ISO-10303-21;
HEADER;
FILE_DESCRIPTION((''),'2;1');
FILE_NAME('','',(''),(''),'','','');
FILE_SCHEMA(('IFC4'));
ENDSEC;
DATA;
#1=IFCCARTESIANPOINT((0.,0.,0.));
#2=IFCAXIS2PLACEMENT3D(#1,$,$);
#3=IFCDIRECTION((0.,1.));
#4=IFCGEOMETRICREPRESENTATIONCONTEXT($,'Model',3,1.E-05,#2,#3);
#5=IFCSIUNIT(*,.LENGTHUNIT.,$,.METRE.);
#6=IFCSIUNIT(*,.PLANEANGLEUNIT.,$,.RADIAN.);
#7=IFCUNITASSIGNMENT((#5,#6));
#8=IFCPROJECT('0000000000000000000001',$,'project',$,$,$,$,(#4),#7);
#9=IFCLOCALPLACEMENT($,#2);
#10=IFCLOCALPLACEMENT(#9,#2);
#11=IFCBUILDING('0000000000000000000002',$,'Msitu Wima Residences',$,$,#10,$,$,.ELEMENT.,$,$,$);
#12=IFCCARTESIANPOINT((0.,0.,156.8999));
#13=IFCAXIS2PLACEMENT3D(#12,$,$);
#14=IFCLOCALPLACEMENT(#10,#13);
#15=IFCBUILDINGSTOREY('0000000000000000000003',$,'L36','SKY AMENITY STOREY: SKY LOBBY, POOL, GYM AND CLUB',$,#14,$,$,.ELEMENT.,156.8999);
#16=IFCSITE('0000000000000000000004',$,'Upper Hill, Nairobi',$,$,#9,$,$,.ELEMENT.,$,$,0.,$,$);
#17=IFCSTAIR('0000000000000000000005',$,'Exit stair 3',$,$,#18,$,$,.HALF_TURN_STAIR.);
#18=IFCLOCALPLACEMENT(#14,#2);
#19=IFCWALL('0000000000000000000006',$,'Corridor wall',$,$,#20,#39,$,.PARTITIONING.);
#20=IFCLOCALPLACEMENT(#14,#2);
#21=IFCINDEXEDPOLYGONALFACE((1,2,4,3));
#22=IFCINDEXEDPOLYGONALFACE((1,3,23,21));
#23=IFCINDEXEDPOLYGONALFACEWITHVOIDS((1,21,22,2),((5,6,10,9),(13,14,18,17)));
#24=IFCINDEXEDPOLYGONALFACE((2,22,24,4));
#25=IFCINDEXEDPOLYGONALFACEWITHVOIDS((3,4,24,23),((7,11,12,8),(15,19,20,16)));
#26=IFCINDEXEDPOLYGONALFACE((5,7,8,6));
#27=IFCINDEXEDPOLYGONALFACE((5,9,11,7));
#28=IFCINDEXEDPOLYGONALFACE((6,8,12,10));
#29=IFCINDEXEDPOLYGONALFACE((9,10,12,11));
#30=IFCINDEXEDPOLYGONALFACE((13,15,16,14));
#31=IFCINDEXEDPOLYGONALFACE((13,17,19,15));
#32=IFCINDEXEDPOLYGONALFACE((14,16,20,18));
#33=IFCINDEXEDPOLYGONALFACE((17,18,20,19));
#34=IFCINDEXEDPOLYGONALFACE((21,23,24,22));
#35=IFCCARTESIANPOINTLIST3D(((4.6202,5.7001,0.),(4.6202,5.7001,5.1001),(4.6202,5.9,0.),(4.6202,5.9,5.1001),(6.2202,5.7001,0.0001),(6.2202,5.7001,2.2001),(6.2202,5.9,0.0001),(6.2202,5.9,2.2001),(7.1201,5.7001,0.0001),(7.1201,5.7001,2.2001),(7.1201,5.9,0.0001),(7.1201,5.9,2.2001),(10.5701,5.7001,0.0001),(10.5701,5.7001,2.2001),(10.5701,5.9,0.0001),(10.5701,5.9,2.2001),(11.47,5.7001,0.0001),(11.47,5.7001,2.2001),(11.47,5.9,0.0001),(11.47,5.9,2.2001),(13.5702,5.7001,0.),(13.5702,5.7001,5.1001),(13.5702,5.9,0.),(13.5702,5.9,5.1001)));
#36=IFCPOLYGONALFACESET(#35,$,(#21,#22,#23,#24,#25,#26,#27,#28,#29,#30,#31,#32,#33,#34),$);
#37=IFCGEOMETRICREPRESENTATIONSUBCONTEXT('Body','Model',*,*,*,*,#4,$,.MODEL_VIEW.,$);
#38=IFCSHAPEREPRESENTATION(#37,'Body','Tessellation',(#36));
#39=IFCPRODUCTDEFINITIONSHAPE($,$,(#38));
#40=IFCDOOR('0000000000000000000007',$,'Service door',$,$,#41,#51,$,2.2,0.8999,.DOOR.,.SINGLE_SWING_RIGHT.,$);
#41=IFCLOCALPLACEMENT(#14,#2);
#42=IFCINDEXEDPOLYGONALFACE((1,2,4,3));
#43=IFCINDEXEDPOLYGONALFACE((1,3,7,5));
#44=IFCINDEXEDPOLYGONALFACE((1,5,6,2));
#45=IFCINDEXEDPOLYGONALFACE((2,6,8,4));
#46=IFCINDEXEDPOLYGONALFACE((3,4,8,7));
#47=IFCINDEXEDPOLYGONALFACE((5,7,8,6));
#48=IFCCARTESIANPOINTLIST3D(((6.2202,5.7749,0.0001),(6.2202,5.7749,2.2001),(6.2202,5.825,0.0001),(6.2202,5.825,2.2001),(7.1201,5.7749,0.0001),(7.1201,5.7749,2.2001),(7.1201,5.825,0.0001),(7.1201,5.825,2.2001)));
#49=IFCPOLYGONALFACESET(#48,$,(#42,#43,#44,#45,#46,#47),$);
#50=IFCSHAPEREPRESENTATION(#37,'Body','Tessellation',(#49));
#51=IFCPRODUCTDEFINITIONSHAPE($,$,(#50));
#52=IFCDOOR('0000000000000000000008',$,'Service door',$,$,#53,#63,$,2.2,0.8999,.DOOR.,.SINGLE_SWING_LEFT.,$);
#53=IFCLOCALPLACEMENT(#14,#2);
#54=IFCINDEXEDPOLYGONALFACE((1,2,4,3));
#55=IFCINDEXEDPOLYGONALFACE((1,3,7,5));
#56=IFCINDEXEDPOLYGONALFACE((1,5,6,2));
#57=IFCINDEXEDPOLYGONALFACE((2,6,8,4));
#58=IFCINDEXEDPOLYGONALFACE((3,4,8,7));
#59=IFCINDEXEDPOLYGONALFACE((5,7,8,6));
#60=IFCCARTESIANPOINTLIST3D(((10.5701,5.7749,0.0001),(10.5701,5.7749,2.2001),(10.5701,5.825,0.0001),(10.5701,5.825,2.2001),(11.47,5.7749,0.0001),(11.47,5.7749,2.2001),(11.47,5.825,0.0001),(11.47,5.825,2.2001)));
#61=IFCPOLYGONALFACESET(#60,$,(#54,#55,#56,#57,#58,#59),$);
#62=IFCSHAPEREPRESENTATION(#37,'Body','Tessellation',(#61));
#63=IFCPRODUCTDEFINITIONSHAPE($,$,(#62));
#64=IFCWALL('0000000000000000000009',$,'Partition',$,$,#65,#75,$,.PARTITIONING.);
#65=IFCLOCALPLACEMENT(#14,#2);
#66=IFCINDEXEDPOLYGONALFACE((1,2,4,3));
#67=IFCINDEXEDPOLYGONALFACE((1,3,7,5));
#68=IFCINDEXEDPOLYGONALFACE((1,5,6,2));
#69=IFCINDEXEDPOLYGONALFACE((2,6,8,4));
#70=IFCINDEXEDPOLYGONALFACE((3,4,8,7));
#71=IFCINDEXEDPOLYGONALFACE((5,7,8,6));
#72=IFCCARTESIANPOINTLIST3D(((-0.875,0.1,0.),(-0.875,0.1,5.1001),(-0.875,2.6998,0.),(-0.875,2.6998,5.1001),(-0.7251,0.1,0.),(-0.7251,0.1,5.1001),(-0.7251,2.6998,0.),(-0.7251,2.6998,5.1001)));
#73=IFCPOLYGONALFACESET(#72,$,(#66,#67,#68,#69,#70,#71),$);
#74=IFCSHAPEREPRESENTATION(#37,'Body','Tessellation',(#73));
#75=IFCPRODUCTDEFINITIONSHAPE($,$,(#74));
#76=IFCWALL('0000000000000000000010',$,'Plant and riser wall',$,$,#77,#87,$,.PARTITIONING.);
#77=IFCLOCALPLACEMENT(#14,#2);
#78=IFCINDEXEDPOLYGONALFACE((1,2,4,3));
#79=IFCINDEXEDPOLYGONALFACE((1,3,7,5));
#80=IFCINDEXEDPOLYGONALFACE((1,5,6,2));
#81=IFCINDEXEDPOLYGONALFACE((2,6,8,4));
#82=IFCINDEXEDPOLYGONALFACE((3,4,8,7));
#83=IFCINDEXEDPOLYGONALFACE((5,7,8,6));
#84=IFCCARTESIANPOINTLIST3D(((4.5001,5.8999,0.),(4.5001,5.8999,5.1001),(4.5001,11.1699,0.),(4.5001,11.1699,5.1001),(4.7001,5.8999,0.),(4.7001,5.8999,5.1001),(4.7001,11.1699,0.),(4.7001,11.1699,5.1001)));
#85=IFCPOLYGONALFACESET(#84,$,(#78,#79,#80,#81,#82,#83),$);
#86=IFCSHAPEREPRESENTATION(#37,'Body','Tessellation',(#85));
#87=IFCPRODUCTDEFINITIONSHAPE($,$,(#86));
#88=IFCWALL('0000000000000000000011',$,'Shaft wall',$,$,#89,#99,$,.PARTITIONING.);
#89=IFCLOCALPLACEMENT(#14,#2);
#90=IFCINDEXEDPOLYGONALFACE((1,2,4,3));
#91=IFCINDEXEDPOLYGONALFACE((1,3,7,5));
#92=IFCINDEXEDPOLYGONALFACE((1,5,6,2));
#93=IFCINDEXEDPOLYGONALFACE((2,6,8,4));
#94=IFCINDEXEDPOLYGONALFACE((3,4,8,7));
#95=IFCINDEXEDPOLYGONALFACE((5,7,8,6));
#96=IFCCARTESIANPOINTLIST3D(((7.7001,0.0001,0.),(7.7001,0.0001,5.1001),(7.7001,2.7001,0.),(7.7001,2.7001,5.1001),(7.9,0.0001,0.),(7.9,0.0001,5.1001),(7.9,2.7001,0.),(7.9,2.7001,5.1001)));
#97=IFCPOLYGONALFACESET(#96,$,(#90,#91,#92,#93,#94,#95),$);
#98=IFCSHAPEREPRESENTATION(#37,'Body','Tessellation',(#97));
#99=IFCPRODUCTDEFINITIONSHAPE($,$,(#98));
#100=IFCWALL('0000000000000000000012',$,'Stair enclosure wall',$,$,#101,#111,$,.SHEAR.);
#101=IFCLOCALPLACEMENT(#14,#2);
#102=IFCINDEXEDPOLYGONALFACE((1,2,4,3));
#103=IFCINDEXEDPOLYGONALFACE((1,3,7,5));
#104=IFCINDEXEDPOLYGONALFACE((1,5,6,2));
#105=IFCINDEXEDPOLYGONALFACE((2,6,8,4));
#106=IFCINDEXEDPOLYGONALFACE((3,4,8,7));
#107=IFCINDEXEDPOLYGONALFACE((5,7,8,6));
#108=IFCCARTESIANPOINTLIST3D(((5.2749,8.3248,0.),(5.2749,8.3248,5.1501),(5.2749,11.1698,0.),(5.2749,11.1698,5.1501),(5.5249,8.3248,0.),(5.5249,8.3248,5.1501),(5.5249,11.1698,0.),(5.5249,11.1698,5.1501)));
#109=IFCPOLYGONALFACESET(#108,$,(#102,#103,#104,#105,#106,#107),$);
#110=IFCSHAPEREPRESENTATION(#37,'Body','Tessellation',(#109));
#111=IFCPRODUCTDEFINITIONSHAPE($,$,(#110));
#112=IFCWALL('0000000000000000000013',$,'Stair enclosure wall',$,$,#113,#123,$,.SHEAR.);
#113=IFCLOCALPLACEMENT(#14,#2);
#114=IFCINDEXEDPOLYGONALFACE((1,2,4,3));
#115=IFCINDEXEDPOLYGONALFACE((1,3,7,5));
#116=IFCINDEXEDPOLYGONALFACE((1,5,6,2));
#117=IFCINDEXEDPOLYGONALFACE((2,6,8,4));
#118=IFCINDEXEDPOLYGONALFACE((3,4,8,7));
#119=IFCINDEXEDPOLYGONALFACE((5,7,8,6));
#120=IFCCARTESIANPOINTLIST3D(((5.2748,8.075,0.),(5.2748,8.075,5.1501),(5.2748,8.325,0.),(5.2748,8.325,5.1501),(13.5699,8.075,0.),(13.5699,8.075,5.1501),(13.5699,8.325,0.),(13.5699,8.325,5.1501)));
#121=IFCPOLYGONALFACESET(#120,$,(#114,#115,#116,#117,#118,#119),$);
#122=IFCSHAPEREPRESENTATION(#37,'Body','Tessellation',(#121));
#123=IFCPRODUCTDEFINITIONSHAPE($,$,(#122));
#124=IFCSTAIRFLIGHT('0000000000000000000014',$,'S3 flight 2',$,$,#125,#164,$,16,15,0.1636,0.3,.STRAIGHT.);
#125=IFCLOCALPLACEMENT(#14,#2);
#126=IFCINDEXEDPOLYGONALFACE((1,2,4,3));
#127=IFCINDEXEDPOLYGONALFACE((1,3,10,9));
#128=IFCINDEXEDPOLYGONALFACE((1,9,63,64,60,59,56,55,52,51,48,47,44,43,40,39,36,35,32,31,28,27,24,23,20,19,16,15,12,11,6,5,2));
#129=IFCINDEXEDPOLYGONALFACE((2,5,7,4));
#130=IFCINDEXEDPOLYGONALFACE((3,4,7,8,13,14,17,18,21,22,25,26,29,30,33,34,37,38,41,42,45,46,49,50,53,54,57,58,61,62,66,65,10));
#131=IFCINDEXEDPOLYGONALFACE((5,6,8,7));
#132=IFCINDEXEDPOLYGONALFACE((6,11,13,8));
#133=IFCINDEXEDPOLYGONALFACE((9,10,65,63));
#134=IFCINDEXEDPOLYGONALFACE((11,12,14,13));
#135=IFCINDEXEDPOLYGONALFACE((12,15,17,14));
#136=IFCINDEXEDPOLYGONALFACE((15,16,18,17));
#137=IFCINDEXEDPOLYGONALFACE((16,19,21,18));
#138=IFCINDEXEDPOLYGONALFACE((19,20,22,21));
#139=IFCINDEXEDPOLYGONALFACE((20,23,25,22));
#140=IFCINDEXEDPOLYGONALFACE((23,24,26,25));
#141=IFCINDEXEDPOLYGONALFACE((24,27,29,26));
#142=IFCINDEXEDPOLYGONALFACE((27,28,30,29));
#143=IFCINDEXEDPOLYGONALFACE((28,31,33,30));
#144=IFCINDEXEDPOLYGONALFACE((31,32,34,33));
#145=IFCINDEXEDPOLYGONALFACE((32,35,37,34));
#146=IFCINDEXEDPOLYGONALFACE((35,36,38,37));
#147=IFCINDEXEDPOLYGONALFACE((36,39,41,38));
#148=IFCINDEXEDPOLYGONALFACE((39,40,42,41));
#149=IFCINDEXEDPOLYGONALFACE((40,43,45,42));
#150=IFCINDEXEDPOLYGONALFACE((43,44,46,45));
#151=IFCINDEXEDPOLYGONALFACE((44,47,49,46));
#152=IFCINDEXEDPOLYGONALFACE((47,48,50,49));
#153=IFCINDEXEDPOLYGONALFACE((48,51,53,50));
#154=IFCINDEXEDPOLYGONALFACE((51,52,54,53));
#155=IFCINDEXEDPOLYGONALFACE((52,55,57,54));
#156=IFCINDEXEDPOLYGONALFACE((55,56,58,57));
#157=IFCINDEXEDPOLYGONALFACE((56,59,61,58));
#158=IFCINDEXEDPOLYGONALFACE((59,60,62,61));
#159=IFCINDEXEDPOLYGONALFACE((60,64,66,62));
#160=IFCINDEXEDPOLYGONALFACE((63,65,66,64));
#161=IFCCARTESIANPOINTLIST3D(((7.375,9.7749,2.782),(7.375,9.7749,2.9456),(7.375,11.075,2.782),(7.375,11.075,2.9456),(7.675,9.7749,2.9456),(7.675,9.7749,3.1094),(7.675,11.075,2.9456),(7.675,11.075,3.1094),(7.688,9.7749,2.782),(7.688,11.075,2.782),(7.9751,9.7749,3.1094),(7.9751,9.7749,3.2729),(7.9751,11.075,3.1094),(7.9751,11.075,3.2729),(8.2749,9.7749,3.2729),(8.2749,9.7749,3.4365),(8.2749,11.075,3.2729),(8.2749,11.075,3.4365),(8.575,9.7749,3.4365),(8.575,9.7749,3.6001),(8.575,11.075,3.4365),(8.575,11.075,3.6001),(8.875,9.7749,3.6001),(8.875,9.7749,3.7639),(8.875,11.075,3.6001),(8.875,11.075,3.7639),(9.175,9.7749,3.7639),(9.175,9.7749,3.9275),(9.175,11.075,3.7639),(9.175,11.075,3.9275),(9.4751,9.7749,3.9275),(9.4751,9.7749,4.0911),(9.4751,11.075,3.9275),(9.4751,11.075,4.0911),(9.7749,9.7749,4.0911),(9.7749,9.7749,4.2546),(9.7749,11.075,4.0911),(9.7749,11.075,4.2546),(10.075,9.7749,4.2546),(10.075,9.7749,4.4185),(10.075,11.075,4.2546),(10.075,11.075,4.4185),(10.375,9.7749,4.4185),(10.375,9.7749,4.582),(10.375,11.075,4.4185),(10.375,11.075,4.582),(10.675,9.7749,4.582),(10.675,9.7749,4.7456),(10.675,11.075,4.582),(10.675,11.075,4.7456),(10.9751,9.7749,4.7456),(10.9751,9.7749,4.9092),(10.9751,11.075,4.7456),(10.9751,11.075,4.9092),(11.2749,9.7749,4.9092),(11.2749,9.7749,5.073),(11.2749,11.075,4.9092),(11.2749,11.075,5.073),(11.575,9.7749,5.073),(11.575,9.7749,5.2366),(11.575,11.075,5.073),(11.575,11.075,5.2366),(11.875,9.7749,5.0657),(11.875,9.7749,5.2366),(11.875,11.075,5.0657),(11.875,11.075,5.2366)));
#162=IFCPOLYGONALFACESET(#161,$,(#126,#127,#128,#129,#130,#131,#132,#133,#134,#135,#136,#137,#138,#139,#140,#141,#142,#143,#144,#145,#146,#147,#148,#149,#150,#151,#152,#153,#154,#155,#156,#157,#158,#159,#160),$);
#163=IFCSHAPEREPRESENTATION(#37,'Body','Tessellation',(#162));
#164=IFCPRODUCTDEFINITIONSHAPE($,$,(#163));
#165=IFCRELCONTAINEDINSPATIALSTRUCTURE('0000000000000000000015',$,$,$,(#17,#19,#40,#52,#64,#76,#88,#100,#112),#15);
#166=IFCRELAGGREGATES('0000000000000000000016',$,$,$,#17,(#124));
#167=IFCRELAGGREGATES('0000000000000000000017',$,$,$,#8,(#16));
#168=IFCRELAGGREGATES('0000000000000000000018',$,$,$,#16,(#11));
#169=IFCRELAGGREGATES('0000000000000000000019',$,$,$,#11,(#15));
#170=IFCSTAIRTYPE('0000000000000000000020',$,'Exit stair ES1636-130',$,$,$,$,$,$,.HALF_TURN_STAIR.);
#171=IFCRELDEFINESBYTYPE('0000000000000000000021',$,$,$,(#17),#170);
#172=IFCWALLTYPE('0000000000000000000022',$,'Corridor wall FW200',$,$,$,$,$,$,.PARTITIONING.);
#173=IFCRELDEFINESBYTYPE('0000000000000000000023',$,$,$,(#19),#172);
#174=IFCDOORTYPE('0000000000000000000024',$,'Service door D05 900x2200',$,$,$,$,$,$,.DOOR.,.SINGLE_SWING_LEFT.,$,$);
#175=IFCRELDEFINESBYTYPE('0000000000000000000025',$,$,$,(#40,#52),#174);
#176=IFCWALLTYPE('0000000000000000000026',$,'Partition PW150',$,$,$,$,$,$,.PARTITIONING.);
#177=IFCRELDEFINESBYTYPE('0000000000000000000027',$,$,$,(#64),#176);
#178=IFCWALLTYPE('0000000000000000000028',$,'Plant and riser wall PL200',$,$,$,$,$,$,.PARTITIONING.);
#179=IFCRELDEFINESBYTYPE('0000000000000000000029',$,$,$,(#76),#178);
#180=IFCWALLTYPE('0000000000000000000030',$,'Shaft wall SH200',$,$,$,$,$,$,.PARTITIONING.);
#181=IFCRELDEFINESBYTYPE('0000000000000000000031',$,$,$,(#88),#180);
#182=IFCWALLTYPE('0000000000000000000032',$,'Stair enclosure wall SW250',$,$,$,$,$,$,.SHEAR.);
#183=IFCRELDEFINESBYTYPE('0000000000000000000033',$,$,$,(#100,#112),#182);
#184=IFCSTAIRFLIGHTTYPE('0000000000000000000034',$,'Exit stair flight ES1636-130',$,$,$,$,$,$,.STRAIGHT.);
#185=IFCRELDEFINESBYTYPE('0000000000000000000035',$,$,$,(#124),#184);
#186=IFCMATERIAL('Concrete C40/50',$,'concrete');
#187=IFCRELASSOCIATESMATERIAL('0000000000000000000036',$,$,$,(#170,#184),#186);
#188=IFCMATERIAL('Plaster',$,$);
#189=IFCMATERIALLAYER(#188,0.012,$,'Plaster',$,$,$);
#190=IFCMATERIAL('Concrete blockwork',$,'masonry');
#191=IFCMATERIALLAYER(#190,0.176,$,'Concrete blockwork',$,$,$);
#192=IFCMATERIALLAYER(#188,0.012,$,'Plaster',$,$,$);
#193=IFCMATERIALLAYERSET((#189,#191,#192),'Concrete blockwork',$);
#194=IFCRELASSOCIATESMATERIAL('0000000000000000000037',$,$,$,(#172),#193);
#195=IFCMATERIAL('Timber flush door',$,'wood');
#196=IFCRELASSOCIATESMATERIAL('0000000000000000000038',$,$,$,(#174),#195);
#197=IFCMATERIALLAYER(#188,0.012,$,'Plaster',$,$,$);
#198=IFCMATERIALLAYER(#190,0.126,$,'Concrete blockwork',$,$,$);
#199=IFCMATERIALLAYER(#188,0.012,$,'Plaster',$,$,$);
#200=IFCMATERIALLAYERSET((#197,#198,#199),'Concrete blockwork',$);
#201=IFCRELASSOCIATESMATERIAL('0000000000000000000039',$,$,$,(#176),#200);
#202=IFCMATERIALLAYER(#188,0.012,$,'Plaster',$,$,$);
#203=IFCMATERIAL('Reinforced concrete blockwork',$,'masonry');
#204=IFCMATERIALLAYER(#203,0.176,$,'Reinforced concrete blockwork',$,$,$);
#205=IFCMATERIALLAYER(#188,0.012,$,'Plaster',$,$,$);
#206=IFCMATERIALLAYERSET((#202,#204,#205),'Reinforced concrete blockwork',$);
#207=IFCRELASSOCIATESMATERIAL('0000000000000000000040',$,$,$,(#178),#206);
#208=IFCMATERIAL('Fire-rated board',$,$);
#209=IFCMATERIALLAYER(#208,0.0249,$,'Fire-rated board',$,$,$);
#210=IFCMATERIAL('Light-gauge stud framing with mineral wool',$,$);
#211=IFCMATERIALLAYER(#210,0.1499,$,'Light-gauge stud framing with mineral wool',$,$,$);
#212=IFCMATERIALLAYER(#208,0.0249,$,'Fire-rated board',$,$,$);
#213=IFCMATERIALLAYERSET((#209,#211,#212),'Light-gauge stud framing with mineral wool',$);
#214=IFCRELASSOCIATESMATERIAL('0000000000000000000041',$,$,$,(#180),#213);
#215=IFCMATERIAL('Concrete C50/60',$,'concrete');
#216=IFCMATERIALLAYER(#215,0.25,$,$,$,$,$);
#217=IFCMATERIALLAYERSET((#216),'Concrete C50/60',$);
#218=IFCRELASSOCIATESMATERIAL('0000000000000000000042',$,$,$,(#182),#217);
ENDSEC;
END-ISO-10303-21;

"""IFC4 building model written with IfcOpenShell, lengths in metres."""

from ifc_helpers import new_model, si_unit, direction, frame, frame_2d, origin, place, context, subcontext, project, spatial, polyline, rectangle, outline, extrude, material, layer, layer_set, type_object, element, fill, aggregate, save


model = new_model("IFC4")

# Units and contexts
model_context = context("Model", 3, precision=1e-05, world=origin(), true_north=direction((0.0, 1.0)))
body_context = subcontext(model_context, "Body", "Model", "MODEL_VIEW")
ifc_project = project(units=[si_unit("LENGTHUNIT", "METRE"), si_unit("PLANEANGLEUNIT", "RADIAN")], contexts=[model_context])

# Site, building, storey
site_placement = place(None, origin())
site = spatial("IfcSite", under=ifc_project, at=site_placement, Name="Upper Hill, Nairobi", CompositionType="ELEMENT", RefElevation=0.0)
building_placement = place(site_placement, origin())
building = spatial("IfcBuilding", under=site, at=building_placement, Name="Msitu Wima Residences", CompositionType="ELEMENT")
storey_placement = place(building_placement, frame((0.0, 0.0, 156.8999)))
storey = spatial("IfcBuildingStorey", under=building, at=storey_placement, Name="L36", Description="SKY AMENITY STOREY: SKY LOBBY, POOL, GYM AND CLUB", CompositionType="ELEMENT", Elevation=156.8999)

# Shared definitions
ifc_material_1 = material(Name="Concrete C40/50", Category="concrete")

# Stair
stair_type = type_object("IfcStairType", Name="Exit stair ES1636-130", PredefinedType="HALF_TURN_STAIR", material=ifc_material_1)
stair_1_placement = place(storey_placement, origin())
stair_1 = element("IfcStair", 1, at=stair_1_placement, inside=storey, type_object=stair_type, Name="Exit stair 3", PredefinedType="HALF_TURN_STAIR")

# Wall, openings, doors
ifc_material_2 = material(Name="Plaster")
ifc_layer_1 = layer(ifc_material_2, 0.012, Name="Plaster")
ifc_material_3 = material(Name="Concrete blockwork", Category="masonry")
ifc_layer_2 = layer(ifc_material_3, 0.176, Name="Concrete blockwork")
ifc_layer_3 = layer(ifc_material_2, 0.012, Name="Plaster")
ifc_layer_set_1 = layer_set([ifc_layer_1, ifc_layer_2, ifc_layer_3], Name="Concrete blockwork")
wall_type_1 = type_object("IfcWallType", Name="Corridor wall FW200", PredefinedType="PARTITIONING", material=ifc_layer_set_1)
wall_1_placement = place(storey_placement, frame((4.6201, 5.8, 0.0), z_axis=(0.0, 0.0, 1.0), x_axis=(1.0, 0.0, 0.0)))
wall_1 = element("IfcWall", 2, at=wall_1_placement, inside=storey, type_object=wall_type_1, Name="Corridor wall", PredefinedType="PARTITIONING", context=body_context, shape_type="SweptSolid", body=[
    extrude(rectangle(XDim=8.95, YDim=0.2, at=frame_2d((4.4751, 0.0))), origin(), (0.0, 0.0, 1.0), 5.1001),
])
opening_1_placement = place(wall_1_placement, frame((1.6001, 0.0, 0.0)))
opening_1 = element("IfcOpeningElement", 3, at=opening_1_placement, cuts=wall_1, PredefinedType="OPENING", context=body_context, shape_type="SweptSolid", body=[
    extrude(rectangle(XDim=0.8999, YDim=2.2, at=frame_2d((0.45, 1.1001))), frame((0.0, 0.1099, 0.0), z_axis=(0.0, -1.0, 0.0), x_axis=(1.0, 0.0, 0.0)), (0.0, 0.0, 1.0), 0.22),
])
opening_2_placement = place(wall_1_placement, frame((5.95, 0.0, 0.0)))
opening_2 = element("IfcOpeningElement", 4, at=opening_2_placement, cuts=wall_1, PredefinedType="OPENING", context=body_context, shape_type="SweptSolid", body=[
    extrude(rectangle(XDim=0.8999, YDim=2.2, at=frame_2d((0.45, 1.1001))), frame((0.0, 0.1099, 0.0), z_axis=(0.0, -1.0, 0.0), x_axis=(1.0, 0.0, 0.0)), (0.0, 0.0, 1.0), 0.22),
])
ifc_material_4 = material(Name="Timber flush door", Category="wood")
door_type = type_object("IfcDoorType", Name="Service door D05 900x2200", OperationType="SINGLE_SWING_LEFT", PredefinedType="DOOR", material=ifc_material_4)
door_1_placement = place(opening_1_placement, origin())
door_1 = element("IfcDoor", 5, at=door_1_placement, inside=storey, type_object=door_type, Name="Service door", OperationType="SINGLE_SWING_RIGHT", OverallHeight=2.2, OverallWidth=0.8999, PredefinedType="DOOR", context=body_context, shape_type="SweptSolid", body=[
    extrude(rectangle(XDim=0.8999, YDim=2.2, at=frame_2d((0.45, 1.1001))), frame((0.0, 0.0249, 0.0), z_axis=(0.0, -1.0, 0.0), x_axis=(1.0, 0.0, 0.0)), (0.0, 0.0, 1.0), 0.05),
])
fill(opening_1, door_1)
door_2_placement = place(opening_2_placement, origin())
door_2 = element("IfcDoor", 6, at=door_2_placement, inside=storey, type_object=door_type, Name="Service door", OperationType="SINGLE_SWING_LEFT", OverallHeight=2.2, OverallWidth=0.8999, PredefinedType="DOOR", context=body_context, shape_type="SweptSolid", body=[
    extrude(rectangle(XDim=0.8999, YDim=2.2, at=frame_2d((0.45, 1.1001))), frame((0.0, 0.0249, 0.0), z_axis=(0.0, -1.0, 0.0), x_axis=(1.0, 0.0, 0.0)), (0.0, 0.0, 1.0), 0.05),
])
fill(opening_2, door_2)

# Walls
ifc_layer_4 = layer(ifc_material_2, 0.012, Name="Plaster")
ifc_layer_5 = layer(ifc_material_3, 0.126, Name="Concrete blockwork")
ifc_layer_6 = layer(ifc_material_2, 0.012, Name="Plaster")
ifc_layer_set_2 = layer_set([ifc_layer_4, ifc_layer_5, ifc_layer_6], Name="Concrete blockwork")
wall_type_2 = type_object("IfcWallType", Name="Partition PW150", PredefinedType="PARTITIONING", material=ifc_layer_set_2)
wall_2_placement = place(storey_placement, frame((-0.8, 0.1001, 0.0), z_axis=(0.0, 0.0, 1.0), x_axis=(0.0, 1.0, 0.0)))
element("IfcWall", 7, at=wall_2_placement, inside=storey, type_object=wall_type_2, Name="Partition", PredefinedType="PARTITIONING", context=body_context, shape_type="SweptSolid", body=[
    extrude(rectangle(XDim=2.5999, YDim=0.1499, at=frame_2d((1.2998, 0.0))), origin(), (0.0, 0.0, 1.0), 5.1001),
])
ifc_layer_7 = layer(ifc_material_2, 0.012, Name="Plaster")
ifc_material_5 = material(Name="Reinforced concrete blockwork", Category="masonry")
ifc_layer_8 = layer(ifc_material_5, 0.176, Name="Reinforced concrete blockwork")
ifc_layer_9 = layer(ifc_material_2, 0.012, Name="Plaster")
ifc_layer_set_3 = layer_set([ifc_layer_7, ifc_layer_8, ifc_layer_9], Name="Reinforced concrete blockwork")
wall_type_3 = type_object("IfcWallType", Name="Plant and riser wall PL200", PredefinedType="PARTITIONING", material=ifc_layer_set_3)
wall_3_placement = place(storey_placement, frame((4.6001, 5.8999, 0.0), z_axis=(0.0, 0.0, 1.0), x_axis=(0.0, 1.0, 0.0)))
element("IfcWall", 8, at=wall_3_placement, inside=storey, type_object=wall_type_3, Name="Plant and riser wall", PredefinedType="PARTITIONING", context=body_context, shape_type="SweptSolid", body=[
    extrude(rectangle(XDim=5.27, YDim=0.2, at=frame_2d((2.635, 0.0))), origin(), (0.0, 0.0, 1.0), 5.1001),
])
ifc_material_6 = material(Name="Fire-rated board")
ifc_layer_10 = layer(ifc_material_6, 0.0249, Name="Fire-rated board")
ifc_material_7 = material(Name="Light-gauge stud framing with mineral wool")
ifc_layer_11 = layer(ifc_material_7, 0.1499, Name="Light-gauge stud framing with mineral wool")
ifc_layer_12 = layer(ifc_material_6, 0.0249, Name="Fire-rated board")
ifc_layer_set_4 = layer_set([ifc_layer_10, ifc_layer_11, ifc_layer_12], Name="Light-gauge stud framing with mineral wool")
wall_type_4 = type_object("IfcWallType", Name="Shaft wall SH200", PredefinedType="PARTITIONING", material=ifc_layer_set_4)
wall_4_placement = place(storey_placement, frame((7.8, 0.0, 0.0), z_axis=(0.0, 0.0, 1.0), x_axis=(0.0, 1.0, 0.0)))
element("IfcWall", 9, at=wall_4_placement, inside=storey, type_object=wall_type_4, Name="Shaft wall", PredefinedType="PARTITIONING", context=body_context, shape_type="SweptSolid", body=[
    extrude(rectangle(XDim=2.7, YDim=0.2, at=frame_2d((1.3501, 0.0))), origin(), (0.0, 0.0, 1.0), 5.1001),
])
ifc_material_8 = material(Name="Concrete C50/60", Category="concrete")
ifc_layer_13 = layer(ifc_material_8, 0.25)
ifc_layer_set_5 = layer_set([ifc_layer_13], Name="Concrete C50/60")
wall_type_5 = type_object("IfcWallType", Name="Stair enclosure wall SW250", PredefinedType="SHEAR", material=ifc_layer_set_5)
wall_5_placement = place(storey_placement, frame((5.3999, 8.325, 0.0), z_axis=(0.0, 0.0, 1.0), x_axis=(0.0, 1.0, 0.0)))
element("IfcWall", 10, at=wall_5_placement, inside=storey, type_object=wall_type_5, Name="Stair enclosure wall", PredefinedType="SHEAR", context=body_context, shape_type="SweptSolid", body=[
    extrude(rectangle(XDim=2.845, YDim=0.25, at=frame_2d((1.4224, 0.0))), origin(), (0.0, 0.0, 1.0), 5.1501),
])
wall_6_placement = place(storey_placement, frame((5.2749, 8.2, 0.0), z_axis=(0.0, 0.0, 1.0), x_axis=(1.0, 0.0, 0.0)))
element("IfcWall", 11, at=wall_6_placement, inside=storey, type_object=wall_type_5, Name="Stair enclosure wall", PredefinedType="SHEAR", context=body_context, shape_type="SweptSolid", body=[
    extrude(rectangle(XDim=8.2952, YDim=0.25, at=frame_2d((4.1475, 0.0))), origin(), (0.0, 0.0, 1.0), 5.1501),
])

# Stair flight
stair_flight_type = type_object("IfcStairFlightType", Name="Exit stair flight ES1636-130", PredefinedType="STRAIGHT", material=ifc_material_1)
stair_flight_placement = place(storey_placement, frame((7.375, 10.425, 2.782), z_axis=(0.0, 0.0, 1.0), x_axis=(1.0, 0.0, 0.0)))
stair_flight = element("IfcStairFlight", 12, at=stair_flight_placement, type_object=stair_flight_type, Name="S3 flight 2", NumberOfRisers=16, NumberOfTreads=15, PredefinedType="STRAIGHT", RiserHeight=0.1636, TreadLength=0.3, context=body_context, shape_type="SweptSolid", body=[
    extrude(outline(polyline([(0.0, 0.0), (0.0, 0.1636), (0.3, 0.1636), (0.3, 0.3274), (0.6001, 0.3274), (0.6001, 0.491), (0.8999, 0.491), (0.8999, 0.6545), (1.2, 0.6545), (1.2, 0.8181), (1.5, 0.8181), (1.5, 0.9819), (1.8, 0.9819), (1.8, 1.1455), (2.1001, 1.1455), (2.1001, 1.3091), (2.3999, 1.3091), (2.3999, 1.4727), (2.7, 1.4727), (2.7, 1.6365), (3.0, 1.6365), (3.0, 1.8), (3.3, 1.8), (3.3, 1.9636), (3.6001, 1.9636), (3.6001, 2.1272), (3.8999, 2.1272), (3.8999, 2.291), (4.2, 2.291), (4.2, 2.4546), (4.5, 2.4546), (4.5, 2.6182), (4.5, 2.2837), (0.313, 0.0), (0.0, 0.0)])), frame((0.0, 0.6499, 0.0), z_axis=(0.0, -1.0, 0.0), x_axis=(1.0, 0.0, 0.0)), (0.0, 0.0, 1.0), 1.3),
])
aggregate(stair_1, [stair_flight])

save(model, "model.ifc")
